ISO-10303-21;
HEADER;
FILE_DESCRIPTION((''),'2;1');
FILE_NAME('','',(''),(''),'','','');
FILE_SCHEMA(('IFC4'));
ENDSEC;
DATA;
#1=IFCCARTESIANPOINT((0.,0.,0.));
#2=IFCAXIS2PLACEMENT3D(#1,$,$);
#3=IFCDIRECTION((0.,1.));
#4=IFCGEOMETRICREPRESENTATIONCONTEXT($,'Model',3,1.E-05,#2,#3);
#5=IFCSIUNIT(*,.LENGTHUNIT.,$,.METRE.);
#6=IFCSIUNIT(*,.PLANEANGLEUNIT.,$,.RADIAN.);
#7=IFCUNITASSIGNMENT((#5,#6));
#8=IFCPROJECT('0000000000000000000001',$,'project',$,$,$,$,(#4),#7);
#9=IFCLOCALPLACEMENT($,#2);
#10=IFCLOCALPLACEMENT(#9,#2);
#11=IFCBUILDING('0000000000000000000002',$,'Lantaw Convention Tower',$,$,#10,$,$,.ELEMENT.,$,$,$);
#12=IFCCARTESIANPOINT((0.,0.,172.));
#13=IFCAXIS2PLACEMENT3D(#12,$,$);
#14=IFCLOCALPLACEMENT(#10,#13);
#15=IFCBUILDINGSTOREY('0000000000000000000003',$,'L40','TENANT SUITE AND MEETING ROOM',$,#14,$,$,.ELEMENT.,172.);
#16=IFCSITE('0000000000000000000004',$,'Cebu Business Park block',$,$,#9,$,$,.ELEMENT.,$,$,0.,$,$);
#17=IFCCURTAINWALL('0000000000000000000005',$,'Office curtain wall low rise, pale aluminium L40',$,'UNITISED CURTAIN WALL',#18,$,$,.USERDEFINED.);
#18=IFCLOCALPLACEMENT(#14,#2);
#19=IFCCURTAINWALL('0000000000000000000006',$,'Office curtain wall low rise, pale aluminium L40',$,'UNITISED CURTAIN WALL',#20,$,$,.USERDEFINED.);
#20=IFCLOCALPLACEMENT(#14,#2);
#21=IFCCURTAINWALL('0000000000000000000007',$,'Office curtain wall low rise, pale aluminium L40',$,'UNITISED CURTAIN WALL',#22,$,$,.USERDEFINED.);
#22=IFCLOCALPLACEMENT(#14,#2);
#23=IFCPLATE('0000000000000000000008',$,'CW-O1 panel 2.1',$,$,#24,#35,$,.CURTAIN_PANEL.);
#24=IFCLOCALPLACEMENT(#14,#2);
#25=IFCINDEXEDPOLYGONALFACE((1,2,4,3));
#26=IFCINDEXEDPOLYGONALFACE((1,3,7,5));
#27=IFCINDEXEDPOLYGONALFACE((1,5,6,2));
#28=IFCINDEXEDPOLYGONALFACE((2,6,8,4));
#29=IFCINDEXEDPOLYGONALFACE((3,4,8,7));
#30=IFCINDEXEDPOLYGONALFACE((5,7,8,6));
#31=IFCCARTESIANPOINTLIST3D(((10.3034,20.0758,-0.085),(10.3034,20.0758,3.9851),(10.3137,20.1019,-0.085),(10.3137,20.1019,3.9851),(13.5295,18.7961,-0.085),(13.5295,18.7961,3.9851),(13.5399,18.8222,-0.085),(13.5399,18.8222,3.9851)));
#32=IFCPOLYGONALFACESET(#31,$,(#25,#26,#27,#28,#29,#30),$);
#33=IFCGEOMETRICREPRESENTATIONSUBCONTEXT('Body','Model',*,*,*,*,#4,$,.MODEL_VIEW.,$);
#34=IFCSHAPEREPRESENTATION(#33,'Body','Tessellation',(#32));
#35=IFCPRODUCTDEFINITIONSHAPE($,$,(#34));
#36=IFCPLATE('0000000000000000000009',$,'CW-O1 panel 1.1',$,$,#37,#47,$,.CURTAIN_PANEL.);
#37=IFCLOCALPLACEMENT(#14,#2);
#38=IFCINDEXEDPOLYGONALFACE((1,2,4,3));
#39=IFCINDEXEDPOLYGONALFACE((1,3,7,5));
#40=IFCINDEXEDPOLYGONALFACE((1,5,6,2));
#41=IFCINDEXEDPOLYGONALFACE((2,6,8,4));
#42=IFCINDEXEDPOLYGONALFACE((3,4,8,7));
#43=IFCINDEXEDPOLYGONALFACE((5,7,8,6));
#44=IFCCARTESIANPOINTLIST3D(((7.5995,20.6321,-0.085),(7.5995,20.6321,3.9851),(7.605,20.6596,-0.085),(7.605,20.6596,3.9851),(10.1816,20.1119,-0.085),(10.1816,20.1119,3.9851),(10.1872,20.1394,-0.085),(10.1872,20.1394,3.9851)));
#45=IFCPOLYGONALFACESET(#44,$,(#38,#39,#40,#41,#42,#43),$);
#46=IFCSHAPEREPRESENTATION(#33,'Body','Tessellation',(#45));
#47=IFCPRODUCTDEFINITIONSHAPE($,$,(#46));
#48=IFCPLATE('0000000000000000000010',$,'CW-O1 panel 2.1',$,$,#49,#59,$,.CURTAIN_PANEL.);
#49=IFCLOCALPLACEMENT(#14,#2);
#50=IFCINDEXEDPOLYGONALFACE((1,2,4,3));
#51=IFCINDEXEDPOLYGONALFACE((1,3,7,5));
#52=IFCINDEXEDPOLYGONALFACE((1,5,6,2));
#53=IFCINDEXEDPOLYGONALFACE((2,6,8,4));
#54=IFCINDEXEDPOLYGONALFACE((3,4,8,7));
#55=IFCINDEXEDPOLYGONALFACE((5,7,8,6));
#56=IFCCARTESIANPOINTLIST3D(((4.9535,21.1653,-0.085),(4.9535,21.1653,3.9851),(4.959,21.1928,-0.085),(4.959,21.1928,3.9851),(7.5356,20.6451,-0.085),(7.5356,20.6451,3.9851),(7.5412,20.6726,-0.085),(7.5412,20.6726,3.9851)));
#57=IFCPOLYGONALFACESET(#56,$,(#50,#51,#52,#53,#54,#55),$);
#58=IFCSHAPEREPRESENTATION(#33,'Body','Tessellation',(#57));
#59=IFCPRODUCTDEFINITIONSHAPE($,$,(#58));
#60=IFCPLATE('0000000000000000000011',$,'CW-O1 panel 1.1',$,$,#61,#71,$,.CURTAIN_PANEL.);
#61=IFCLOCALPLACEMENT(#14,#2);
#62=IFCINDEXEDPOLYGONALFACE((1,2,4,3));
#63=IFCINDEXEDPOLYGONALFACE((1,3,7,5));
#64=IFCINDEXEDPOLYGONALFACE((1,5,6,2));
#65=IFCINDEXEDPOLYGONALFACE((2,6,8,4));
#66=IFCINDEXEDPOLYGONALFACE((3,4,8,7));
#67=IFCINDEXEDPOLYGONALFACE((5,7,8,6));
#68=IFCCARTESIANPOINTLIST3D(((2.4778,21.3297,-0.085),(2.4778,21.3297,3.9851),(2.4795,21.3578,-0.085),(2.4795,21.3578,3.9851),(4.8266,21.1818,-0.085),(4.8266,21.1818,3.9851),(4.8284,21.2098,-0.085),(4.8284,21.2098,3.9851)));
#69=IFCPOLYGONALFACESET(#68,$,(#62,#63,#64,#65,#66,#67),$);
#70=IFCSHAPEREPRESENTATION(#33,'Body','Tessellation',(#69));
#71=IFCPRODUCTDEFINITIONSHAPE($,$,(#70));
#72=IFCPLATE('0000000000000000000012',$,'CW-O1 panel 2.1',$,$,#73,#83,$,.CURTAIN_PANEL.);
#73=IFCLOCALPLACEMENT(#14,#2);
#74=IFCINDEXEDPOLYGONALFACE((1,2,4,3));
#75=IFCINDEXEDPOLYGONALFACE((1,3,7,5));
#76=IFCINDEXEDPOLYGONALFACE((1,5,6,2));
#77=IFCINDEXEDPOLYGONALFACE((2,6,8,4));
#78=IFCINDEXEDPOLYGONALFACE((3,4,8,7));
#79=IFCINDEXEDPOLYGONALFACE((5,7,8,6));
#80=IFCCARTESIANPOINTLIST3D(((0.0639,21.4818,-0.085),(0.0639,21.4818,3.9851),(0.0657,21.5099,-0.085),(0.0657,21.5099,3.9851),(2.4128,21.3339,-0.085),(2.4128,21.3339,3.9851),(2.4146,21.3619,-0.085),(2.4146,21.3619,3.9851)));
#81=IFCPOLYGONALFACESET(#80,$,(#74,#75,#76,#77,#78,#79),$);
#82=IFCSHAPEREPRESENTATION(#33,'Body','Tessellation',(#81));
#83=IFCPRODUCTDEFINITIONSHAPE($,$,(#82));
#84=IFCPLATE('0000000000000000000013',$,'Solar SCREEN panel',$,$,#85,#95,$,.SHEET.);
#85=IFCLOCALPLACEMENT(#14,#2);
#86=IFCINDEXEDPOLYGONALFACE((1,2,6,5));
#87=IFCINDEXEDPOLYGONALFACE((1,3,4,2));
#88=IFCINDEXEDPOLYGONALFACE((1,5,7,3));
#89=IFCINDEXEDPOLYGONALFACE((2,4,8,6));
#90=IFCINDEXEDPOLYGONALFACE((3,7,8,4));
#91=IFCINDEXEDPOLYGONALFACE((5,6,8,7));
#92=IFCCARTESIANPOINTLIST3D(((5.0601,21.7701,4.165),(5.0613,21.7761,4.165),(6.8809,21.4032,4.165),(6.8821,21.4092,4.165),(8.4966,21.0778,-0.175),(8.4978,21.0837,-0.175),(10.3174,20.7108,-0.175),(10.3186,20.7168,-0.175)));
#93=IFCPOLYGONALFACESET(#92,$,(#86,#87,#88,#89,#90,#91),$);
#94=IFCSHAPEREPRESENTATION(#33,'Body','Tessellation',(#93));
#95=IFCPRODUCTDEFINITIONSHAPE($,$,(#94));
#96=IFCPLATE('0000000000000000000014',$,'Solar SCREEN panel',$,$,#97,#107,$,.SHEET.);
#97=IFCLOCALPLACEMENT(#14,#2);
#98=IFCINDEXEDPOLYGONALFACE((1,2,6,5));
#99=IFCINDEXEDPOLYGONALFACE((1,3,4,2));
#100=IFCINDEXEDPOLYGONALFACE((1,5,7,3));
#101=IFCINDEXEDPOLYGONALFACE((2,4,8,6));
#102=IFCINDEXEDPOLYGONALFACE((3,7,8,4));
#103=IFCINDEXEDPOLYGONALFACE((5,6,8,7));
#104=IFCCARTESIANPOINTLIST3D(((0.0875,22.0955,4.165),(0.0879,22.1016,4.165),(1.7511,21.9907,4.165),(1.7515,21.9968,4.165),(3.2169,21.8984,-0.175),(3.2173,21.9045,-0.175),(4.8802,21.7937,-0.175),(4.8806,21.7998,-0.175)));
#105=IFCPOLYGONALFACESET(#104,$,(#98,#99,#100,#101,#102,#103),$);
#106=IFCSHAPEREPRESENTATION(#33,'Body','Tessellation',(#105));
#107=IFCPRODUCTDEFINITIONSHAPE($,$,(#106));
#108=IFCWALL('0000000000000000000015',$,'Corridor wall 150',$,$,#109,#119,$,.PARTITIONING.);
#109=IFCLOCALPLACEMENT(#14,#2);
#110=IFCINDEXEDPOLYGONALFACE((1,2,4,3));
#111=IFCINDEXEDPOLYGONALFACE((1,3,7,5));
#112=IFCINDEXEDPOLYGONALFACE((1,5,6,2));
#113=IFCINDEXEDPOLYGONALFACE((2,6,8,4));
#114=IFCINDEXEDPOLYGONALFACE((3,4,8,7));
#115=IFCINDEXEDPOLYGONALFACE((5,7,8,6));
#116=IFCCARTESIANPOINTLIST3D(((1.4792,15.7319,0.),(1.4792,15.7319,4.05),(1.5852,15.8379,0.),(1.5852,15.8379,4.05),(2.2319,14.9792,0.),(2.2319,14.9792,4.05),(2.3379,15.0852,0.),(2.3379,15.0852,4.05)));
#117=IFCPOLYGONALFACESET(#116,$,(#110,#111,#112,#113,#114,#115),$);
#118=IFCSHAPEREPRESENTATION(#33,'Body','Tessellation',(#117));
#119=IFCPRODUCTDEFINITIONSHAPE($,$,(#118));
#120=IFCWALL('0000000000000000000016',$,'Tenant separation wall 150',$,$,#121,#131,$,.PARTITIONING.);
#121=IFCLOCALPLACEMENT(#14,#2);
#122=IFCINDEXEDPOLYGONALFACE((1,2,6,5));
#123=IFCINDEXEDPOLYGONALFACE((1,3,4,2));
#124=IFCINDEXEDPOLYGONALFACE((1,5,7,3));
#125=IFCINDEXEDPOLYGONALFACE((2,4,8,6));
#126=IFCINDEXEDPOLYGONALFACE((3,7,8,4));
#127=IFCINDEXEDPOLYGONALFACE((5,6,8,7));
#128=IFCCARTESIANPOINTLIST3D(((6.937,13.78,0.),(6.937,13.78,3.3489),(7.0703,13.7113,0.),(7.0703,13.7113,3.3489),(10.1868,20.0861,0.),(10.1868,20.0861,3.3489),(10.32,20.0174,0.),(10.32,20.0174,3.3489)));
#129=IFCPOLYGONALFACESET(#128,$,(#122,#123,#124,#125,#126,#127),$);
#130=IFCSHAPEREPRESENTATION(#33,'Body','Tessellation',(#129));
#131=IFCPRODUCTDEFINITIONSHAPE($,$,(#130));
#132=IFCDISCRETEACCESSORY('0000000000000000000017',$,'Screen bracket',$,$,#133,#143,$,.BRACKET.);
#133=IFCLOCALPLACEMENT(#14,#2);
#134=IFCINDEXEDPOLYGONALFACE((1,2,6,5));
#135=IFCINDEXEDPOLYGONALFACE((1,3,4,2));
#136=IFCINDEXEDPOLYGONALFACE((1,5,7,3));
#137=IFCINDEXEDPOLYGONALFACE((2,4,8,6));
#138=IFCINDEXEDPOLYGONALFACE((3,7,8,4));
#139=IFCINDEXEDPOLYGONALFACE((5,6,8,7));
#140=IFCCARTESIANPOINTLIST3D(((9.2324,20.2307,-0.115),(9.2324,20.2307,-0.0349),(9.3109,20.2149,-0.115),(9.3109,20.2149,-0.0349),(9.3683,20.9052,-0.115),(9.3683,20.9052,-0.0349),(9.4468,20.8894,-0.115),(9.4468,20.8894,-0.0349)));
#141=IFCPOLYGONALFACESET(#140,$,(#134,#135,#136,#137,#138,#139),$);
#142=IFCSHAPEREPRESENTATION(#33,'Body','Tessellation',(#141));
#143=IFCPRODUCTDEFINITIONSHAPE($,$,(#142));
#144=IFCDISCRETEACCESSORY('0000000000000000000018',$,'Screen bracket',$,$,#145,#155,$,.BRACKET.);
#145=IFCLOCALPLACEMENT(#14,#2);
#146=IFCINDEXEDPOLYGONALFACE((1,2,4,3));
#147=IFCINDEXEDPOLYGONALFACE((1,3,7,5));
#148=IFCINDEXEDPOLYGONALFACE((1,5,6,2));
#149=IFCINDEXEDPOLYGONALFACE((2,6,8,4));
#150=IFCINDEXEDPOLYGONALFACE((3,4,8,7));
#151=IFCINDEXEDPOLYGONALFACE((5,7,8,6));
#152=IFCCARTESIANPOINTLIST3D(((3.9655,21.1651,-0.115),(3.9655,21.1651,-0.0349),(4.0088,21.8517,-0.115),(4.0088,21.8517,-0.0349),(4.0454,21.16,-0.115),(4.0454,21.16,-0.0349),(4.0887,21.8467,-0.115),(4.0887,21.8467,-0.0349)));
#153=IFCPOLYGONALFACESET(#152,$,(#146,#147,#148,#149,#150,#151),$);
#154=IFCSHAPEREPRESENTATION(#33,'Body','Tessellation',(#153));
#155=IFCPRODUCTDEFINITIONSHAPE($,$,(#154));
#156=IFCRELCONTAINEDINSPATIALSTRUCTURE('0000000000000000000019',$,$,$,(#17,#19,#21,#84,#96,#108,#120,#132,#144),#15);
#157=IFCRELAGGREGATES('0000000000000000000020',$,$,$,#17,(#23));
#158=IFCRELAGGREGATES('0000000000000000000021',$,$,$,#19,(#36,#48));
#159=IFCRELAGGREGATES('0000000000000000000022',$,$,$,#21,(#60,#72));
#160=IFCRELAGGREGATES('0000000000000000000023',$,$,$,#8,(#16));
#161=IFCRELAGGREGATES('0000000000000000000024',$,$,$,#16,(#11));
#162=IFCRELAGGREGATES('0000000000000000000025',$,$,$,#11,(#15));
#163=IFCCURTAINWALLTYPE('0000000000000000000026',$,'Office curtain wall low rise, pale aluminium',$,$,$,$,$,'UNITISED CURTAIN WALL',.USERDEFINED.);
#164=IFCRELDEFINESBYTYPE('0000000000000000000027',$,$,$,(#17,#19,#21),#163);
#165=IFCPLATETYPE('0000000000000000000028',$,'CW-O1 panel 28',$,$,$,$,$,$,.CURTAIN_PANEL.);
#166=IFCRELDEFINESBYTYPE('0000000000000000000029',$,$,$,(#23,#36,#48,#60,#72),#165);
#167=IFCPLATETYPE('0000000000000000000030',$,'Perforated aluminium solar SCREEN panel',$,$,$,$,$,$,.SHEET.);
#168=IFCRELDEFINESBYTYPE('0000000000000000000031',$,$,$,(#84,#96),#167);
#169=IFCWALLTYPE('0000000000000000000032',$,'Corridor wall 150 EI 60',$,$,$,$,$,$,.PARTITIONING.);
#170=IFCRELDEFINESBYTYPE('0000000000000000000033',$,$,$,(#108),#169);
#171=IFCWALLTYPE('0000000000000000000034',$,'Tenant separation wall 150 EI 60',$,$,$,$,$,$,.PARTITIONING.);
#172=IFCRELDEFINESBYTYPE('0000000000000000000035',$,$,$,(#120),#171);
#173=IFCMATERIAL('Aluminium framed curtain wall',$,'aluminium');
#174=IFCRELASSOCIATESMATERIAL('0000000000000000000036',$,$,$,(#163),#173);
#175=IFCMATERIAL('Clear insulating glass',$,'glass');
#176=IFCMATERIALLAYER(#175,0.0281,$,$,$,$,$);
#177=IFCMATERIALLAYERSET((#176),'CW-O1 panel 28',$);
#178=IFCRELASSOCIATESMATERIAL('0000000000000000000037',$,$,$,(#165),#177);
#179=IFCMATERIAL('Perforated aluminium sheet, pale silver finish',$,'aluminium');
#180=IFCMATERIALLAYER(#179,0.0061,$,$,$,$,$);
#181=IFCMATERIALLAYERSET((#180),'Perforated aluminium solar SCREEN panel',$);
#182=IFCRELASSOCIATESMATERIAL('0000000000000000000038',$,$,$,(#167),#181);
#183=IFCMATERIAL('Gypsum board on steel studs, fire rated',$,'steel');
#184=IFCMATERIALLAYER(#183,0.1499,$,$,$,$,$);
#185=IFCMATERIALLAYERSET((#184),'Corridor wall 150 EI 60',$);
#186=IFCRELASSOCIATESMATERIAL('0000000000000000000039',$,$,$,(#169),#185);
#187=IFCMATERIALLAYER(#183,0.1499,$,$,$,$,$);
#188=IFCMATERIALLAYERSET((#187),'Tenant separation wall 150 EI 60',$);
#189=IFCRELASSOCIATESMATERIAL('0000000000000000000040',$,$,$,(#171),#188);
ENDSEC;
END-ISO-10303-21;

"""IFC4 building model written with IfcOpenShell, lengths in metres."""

from ifc_helpers import new_model, si_unit, direction, frame, frame_2d, origin, origin_2d, place, context, subcontext, project, spatial, polyline, rectangle, outline, extrude, material, layer, layer_set, type_object, element, aggregate, save


model = new_model("IFC4")

# Units and contexts
model_context = context("Model", 3, precision=1e-05, world=origin(), true_north=direction((0.0, 1.0)))
body_context = subcontext(model_context, "Body", "Model", "MODEL_VIEW")
ifc_project = project(units=[si_unit("LENGTHUNIT", "METRE"), si_unit("PLANEANGLEUNIT", "RADIAN")], contexts=[model_context])

# Site, building, storey
site_placement = place(None, origin())
site = spatial("IfcSite", under=ifc_project, at=site_placement, Name="Cebu Business Park block", CompositionType="ELEMENT", RefElevation=0.0)
building_placement = place(site_placement, origin())
building = spatial("IfcBuilding", under=site, at=building_placement, Name="Lantaw Convention Tower", CompositionType="ELEMENT")
storey_placement = place(building_placement, frame((0.0, 0.0, 172.0)))
storey = spatial("IfcBuildingStorey", under=building, at=storey_placement, Name="L40", Description="TENANT SUITE AND MEETING ROOM", CompositionType="ELEMENT", Elevation=172.0)

# Curtain walls
ifc_material_1 = material(Name="Aluminium framed curtain wall", Category="aluminium")
curtain_wall_type = type_object("IfcCurtainWallType", Name="Office curtain wall low rise, pale aluminium", ElementType="UNITISED CURTAIN WALL", PredefinedType="USERDEFINED", material=ifc_material_1)
curtain_wall_1_placement = place(storey_placement, origin())
curtain_wall_1 = element("IfcCurtainWall", 1, at=curtain_wall_1_placement, inside=storey, type_object=curtain_wall_type, Name="Office curtain wall low rise, pale aluminium L40", ObjectType="UNITISED CURTAIN WALL", PredefinedType="USERDEFINED")
curtain_wall_2_placement = place(storey_placement, origin())
curtain_wall_2 = element("IfcCurtainWall", 2, at=curtain_wall_2_placement, inside=storey, type_object=curtain_wall_type, Name="Office curtain wall low rise, pale aluminium L40", ObjectType="UNITISED CURTAIN WALL", PredefinedType="USERDEFINED")
curtain_wall_3_placement = place(storey_placement, origin())
curtain_wall_3 = element("IfcCurtainWall", 3, at=curtain_wall_3_placement, inside=storey, type_object=curtain_wall_type, Name="Office curtain wall low rise, pale aluminium L40", ObjectType="UNITISED CURTAIN WALL", PredefinedType="USERDEFINED")

# Plates
ifc_material_2 = material(Name="Clear insulating glass", Category="glass")
ifc_layer_1 = layer(ifc_material_2, 0.0281)
ifc_layer_set_1 = layer_set([ifc_layer_1], Name="CW-O1 panel 28")
plate_type_1 = type_object("IfcPlateType", Name="CW-O1 panel 28", PredefinedType="CURTAIN_PANEL", material=ifc_layer_set_1)
plate_1_placement = place(storey_placement, frame((11.9216, 19.449, -0.085), z_axis=(0.0, 0.0, 1.0), x_axis=(-0.929548, 0.368702, 0.0)))
plate_1 = element("IfcPlate", 4, at=plate_1_placement, type_object=plate_type_1, Name="CW-O1 panel 2.1", PredefinedType="CURTAIN_PANEL", context=body_context, shape_type="SweptSolid", body=[
    extrude(rectangle(XDim=3.4707, YDim=0.0281, at=origin_2d()), origin(), (0.0, 0.0, 1.0), 4.0701),
])
aggregate(curtain_wall_1, [plate_1])
plate_2_placement = place(storey_placement, frame((8.8933, 20.3857, -0.085), z_axis=(0.0, 0.0, 1.0), x_axis=(-0.980302, 0.197507, 0.0)))
plate_2 = element("IfcPlate", 5, at=plate_2_placement, type_object=plate_type_1, Name="CW-O1 panel 1.1", PredefinedType="CURTAIN_PANEL", context=body_context, shape_type="SweptSolid", body=[
    extrude(rectangle(XDim=2.634, YDim=0.0281, at=origin_2d()), origin(), (0.0, 0.0, 1.0), 4.0701),
])
plate_3_placement = place(storey_placement, frame((6.2473, 20.9189, -0.085), z_axis=(0.0, 0.0, 1.0), x_axis=(-0.980302, 0.197507, 0.0)))
plate_3 = element("IfcPlate", 6, at=plate_3_placement, type_object=plate_type_1, Name="CW-O1 panel 2.1", PredefinedType="CURTAIN_PANEL", context=body_context, shape_type="SweptSolid", body=[
    extrude(rectangle(XDim=2.634, YDim=0.0281, at=origin_2d()), origin(), (0.0, 0.0, 1.0), 4.0701),
])
aggregate(curtain_wall_2, [plate_2, plate_3])
plate_4_placement = place(storey_placement, frame((3.6531, 21.2698, -0.085), z_axis=(0.0, 0.0, 1.0), x_axis=(-0.998022, 0.062865, 0.0)))
plate_4 = element("IfcPlate", 7, at=plate_4_placement, type_object=plate_type_1, Name="CW-O1 panel 1.1", PredefinedType="CURTAIN_PANEL", context=body_context, shape_type="SweptSolid", body=[
    extrude(rectangle(XDim=2.3535, YDim=0.0281, at=origin_2d()), origin(), (0.0, 0.0, 1.0), 4.0701),
])
plate_5_placement = place(storey_placement, frame((1.2393, 21.4219, -0.085), z_axis=(0.0, 0.0, 1.0), x_axis=(-0.998022, 0.062865, 0.0)))
plate_5 = element("IfcPlate", 8, at=plate_5_placement, type_object=plate_type_1, Name="CW-O1 panel 2.1", PredefinedType="CURTAIN_PANEL", context=body_context, shape_type="SweptSolid", body=[
    extrude(rectangle(XDim=2.3535, YDim=0.0281, at=origin_2d()), origin(), (0.0, 0.0, 1.0), 4.0701),
])
aggregate(curtain_wall_3, [plate_4, plate_5])

# Plates
ifc_material_3 = material(Name="Perforated aluminium sheet, pale silver finish", Category="aluminium")
ifc_layer_2 = layer(ifc_material_3, 0.0061)
ifc_layer_set_2 = layer_set([ifc_layer_2], Name="Perforated aluminium solar SCREEN panel")
plate_type_2 = type_object("IfcPlateType", Name="Perforated aluminium solar SCREEN panel", PredefinedType="SHEET", material=ifc_layer_set_2)
plate_6_placement = place(storey_placement, frame((10.3186, 20.7168, -0.175), z_axis=(0.197557, 0.980291, 0.000039), x_axis=(-0.980291, 0.197557, 0.0)))
element("IfcPlate", 9, at=plate_6_placement, inside=storey, type_object=plate_type_2, Name="Solar SCREEN panel", PredefinedType="SHEET", context=body_context, shape_type="SweptSolid", body=[
    extrude(outline(polyline([(0.0, 0.0), (1.8574, 0.0), (5.363, 4.3401), (3.5056, 4.3401), (0.0, 0.0)])), origin(), (0.0, 0.0, -1.0), 0.0061),
])
plate_7_placement = place(storey_placement, frame((4.8806, 21.7998, -0.175), z_axis=(0.062839, 0.998024, 0.000002), x_axis=(-0.998024, 0.062839, 0.0)))
element("IfcPlate", 10, at=plate_7_placement, inside=storey, type_object=plate_type_2, Name="Solar SCREEN panel", PredefinedType="SHEET", context=body_context, shape_type="SweptSolid", body=[
    extrude(outline(polyline([(0.0, 0.0), (1.6666, 0.0), (4.8022, 4.3401), (3.1353, 4.3401), (0.0, 0.0)])), origin(), (0.0, 0.0, -1.0), 0.0061),
])

# Walls
ifc_material_4 = material(Name="Gypsum board on steel studs, fire rated", Category="steel")
ifc_layer_3 = layer(ifc_material_4, 0.1499)
ifc_layer_set_3 = layer_set([ifc_layer_3], Name="Corridor wall 150 EI 60")
wall_type_1 = type_object("IfcWallType", Name="Corridor wall 150 EI 60", PredefinedType="PARTITIONING", material=ifc_layer_set_3)
wall_1_placement = place(storey_placement, frame((1.5322, 15.7849, 0.0), z_axis=(0.0, 0.0, 1.0), x_axis=(0.707107, -0.707107, 0.0)))
element("IfcWall", 11, at=wall_1_placement, inside=storey, type_object=wall_type_1, Name="Corridor wall 150", PredefinedType="PARTITIONING", context=body_context, shape_type="SweptSolid", body=[
    extrude(rectangle(XDim=1.0645, YDim=0.1499, at=frame_2d((0.5322, 0.0))), origin(), (0.0, 0.0, 1.0), 4.05),
])
ifc_layer_4 = layer(ifc_material_4, 0.1499)
ifc_layer_set_4 = layer_set([ifc_layer_4], Name="Tenant separation wall 150 EI 60")
wall_type_2 = type_object("IfcWallType", Name="Tenant separation wall 150 EI 60", PredefinedType="PARTITIONING", material=ifc_layer_set_4)
wall_2_placement = place(storey_placement, frame((10.2534, 20.0518, 0.0), z_axis=(0.0, 0.0, 1.0), x_axis=(-0.458083, -0.88891, 0.0)))
element("IfcWall", 12, at=wall_2_placement, inside=storey, type_object=wall_type_2, Name="Tenant separation wall 150", PredefinedType="PARTITIONING", context=body_context, shape_type="SweptSolid", body=[
    extrude(rectangle(XDim=7.0942, YDim=0.1499, at=frame_2d((3.5471, 0.0))), origin(), (0.0, 0.0, 1.0), 3.3489),
])

# Discrete accessories
for number, where, z_axis, x_axis, name in (
    (13, (9.3396, 20.5601, -0.115), (0.0, 0.0, 1.0), (-0.980302, 0.197507, 0.0), "Screen bracket"),
    (14, (4.0271, 21.5059, -0.115), (0.0, 0.0, 1.0), (-0.998022, 0.062865, 0.0), "Screen bracket"),
):
    element("IfcDiscreteAccessory", number, at=place(storey_placement, frame(where, z_axis=z_axis, x_axis=x_axis)), inside=storey, Name=name, PredefinedType="BRACKET", context=body_context, shape_type="SweptSolid", body=[
        extrude(rectangle(XDim=0.0801, YDim=0.688, at=origin_2d()), origin(), (0.0, 0.0, 1.0), 0.0801),
    ])

save(model, "model.ifc")
